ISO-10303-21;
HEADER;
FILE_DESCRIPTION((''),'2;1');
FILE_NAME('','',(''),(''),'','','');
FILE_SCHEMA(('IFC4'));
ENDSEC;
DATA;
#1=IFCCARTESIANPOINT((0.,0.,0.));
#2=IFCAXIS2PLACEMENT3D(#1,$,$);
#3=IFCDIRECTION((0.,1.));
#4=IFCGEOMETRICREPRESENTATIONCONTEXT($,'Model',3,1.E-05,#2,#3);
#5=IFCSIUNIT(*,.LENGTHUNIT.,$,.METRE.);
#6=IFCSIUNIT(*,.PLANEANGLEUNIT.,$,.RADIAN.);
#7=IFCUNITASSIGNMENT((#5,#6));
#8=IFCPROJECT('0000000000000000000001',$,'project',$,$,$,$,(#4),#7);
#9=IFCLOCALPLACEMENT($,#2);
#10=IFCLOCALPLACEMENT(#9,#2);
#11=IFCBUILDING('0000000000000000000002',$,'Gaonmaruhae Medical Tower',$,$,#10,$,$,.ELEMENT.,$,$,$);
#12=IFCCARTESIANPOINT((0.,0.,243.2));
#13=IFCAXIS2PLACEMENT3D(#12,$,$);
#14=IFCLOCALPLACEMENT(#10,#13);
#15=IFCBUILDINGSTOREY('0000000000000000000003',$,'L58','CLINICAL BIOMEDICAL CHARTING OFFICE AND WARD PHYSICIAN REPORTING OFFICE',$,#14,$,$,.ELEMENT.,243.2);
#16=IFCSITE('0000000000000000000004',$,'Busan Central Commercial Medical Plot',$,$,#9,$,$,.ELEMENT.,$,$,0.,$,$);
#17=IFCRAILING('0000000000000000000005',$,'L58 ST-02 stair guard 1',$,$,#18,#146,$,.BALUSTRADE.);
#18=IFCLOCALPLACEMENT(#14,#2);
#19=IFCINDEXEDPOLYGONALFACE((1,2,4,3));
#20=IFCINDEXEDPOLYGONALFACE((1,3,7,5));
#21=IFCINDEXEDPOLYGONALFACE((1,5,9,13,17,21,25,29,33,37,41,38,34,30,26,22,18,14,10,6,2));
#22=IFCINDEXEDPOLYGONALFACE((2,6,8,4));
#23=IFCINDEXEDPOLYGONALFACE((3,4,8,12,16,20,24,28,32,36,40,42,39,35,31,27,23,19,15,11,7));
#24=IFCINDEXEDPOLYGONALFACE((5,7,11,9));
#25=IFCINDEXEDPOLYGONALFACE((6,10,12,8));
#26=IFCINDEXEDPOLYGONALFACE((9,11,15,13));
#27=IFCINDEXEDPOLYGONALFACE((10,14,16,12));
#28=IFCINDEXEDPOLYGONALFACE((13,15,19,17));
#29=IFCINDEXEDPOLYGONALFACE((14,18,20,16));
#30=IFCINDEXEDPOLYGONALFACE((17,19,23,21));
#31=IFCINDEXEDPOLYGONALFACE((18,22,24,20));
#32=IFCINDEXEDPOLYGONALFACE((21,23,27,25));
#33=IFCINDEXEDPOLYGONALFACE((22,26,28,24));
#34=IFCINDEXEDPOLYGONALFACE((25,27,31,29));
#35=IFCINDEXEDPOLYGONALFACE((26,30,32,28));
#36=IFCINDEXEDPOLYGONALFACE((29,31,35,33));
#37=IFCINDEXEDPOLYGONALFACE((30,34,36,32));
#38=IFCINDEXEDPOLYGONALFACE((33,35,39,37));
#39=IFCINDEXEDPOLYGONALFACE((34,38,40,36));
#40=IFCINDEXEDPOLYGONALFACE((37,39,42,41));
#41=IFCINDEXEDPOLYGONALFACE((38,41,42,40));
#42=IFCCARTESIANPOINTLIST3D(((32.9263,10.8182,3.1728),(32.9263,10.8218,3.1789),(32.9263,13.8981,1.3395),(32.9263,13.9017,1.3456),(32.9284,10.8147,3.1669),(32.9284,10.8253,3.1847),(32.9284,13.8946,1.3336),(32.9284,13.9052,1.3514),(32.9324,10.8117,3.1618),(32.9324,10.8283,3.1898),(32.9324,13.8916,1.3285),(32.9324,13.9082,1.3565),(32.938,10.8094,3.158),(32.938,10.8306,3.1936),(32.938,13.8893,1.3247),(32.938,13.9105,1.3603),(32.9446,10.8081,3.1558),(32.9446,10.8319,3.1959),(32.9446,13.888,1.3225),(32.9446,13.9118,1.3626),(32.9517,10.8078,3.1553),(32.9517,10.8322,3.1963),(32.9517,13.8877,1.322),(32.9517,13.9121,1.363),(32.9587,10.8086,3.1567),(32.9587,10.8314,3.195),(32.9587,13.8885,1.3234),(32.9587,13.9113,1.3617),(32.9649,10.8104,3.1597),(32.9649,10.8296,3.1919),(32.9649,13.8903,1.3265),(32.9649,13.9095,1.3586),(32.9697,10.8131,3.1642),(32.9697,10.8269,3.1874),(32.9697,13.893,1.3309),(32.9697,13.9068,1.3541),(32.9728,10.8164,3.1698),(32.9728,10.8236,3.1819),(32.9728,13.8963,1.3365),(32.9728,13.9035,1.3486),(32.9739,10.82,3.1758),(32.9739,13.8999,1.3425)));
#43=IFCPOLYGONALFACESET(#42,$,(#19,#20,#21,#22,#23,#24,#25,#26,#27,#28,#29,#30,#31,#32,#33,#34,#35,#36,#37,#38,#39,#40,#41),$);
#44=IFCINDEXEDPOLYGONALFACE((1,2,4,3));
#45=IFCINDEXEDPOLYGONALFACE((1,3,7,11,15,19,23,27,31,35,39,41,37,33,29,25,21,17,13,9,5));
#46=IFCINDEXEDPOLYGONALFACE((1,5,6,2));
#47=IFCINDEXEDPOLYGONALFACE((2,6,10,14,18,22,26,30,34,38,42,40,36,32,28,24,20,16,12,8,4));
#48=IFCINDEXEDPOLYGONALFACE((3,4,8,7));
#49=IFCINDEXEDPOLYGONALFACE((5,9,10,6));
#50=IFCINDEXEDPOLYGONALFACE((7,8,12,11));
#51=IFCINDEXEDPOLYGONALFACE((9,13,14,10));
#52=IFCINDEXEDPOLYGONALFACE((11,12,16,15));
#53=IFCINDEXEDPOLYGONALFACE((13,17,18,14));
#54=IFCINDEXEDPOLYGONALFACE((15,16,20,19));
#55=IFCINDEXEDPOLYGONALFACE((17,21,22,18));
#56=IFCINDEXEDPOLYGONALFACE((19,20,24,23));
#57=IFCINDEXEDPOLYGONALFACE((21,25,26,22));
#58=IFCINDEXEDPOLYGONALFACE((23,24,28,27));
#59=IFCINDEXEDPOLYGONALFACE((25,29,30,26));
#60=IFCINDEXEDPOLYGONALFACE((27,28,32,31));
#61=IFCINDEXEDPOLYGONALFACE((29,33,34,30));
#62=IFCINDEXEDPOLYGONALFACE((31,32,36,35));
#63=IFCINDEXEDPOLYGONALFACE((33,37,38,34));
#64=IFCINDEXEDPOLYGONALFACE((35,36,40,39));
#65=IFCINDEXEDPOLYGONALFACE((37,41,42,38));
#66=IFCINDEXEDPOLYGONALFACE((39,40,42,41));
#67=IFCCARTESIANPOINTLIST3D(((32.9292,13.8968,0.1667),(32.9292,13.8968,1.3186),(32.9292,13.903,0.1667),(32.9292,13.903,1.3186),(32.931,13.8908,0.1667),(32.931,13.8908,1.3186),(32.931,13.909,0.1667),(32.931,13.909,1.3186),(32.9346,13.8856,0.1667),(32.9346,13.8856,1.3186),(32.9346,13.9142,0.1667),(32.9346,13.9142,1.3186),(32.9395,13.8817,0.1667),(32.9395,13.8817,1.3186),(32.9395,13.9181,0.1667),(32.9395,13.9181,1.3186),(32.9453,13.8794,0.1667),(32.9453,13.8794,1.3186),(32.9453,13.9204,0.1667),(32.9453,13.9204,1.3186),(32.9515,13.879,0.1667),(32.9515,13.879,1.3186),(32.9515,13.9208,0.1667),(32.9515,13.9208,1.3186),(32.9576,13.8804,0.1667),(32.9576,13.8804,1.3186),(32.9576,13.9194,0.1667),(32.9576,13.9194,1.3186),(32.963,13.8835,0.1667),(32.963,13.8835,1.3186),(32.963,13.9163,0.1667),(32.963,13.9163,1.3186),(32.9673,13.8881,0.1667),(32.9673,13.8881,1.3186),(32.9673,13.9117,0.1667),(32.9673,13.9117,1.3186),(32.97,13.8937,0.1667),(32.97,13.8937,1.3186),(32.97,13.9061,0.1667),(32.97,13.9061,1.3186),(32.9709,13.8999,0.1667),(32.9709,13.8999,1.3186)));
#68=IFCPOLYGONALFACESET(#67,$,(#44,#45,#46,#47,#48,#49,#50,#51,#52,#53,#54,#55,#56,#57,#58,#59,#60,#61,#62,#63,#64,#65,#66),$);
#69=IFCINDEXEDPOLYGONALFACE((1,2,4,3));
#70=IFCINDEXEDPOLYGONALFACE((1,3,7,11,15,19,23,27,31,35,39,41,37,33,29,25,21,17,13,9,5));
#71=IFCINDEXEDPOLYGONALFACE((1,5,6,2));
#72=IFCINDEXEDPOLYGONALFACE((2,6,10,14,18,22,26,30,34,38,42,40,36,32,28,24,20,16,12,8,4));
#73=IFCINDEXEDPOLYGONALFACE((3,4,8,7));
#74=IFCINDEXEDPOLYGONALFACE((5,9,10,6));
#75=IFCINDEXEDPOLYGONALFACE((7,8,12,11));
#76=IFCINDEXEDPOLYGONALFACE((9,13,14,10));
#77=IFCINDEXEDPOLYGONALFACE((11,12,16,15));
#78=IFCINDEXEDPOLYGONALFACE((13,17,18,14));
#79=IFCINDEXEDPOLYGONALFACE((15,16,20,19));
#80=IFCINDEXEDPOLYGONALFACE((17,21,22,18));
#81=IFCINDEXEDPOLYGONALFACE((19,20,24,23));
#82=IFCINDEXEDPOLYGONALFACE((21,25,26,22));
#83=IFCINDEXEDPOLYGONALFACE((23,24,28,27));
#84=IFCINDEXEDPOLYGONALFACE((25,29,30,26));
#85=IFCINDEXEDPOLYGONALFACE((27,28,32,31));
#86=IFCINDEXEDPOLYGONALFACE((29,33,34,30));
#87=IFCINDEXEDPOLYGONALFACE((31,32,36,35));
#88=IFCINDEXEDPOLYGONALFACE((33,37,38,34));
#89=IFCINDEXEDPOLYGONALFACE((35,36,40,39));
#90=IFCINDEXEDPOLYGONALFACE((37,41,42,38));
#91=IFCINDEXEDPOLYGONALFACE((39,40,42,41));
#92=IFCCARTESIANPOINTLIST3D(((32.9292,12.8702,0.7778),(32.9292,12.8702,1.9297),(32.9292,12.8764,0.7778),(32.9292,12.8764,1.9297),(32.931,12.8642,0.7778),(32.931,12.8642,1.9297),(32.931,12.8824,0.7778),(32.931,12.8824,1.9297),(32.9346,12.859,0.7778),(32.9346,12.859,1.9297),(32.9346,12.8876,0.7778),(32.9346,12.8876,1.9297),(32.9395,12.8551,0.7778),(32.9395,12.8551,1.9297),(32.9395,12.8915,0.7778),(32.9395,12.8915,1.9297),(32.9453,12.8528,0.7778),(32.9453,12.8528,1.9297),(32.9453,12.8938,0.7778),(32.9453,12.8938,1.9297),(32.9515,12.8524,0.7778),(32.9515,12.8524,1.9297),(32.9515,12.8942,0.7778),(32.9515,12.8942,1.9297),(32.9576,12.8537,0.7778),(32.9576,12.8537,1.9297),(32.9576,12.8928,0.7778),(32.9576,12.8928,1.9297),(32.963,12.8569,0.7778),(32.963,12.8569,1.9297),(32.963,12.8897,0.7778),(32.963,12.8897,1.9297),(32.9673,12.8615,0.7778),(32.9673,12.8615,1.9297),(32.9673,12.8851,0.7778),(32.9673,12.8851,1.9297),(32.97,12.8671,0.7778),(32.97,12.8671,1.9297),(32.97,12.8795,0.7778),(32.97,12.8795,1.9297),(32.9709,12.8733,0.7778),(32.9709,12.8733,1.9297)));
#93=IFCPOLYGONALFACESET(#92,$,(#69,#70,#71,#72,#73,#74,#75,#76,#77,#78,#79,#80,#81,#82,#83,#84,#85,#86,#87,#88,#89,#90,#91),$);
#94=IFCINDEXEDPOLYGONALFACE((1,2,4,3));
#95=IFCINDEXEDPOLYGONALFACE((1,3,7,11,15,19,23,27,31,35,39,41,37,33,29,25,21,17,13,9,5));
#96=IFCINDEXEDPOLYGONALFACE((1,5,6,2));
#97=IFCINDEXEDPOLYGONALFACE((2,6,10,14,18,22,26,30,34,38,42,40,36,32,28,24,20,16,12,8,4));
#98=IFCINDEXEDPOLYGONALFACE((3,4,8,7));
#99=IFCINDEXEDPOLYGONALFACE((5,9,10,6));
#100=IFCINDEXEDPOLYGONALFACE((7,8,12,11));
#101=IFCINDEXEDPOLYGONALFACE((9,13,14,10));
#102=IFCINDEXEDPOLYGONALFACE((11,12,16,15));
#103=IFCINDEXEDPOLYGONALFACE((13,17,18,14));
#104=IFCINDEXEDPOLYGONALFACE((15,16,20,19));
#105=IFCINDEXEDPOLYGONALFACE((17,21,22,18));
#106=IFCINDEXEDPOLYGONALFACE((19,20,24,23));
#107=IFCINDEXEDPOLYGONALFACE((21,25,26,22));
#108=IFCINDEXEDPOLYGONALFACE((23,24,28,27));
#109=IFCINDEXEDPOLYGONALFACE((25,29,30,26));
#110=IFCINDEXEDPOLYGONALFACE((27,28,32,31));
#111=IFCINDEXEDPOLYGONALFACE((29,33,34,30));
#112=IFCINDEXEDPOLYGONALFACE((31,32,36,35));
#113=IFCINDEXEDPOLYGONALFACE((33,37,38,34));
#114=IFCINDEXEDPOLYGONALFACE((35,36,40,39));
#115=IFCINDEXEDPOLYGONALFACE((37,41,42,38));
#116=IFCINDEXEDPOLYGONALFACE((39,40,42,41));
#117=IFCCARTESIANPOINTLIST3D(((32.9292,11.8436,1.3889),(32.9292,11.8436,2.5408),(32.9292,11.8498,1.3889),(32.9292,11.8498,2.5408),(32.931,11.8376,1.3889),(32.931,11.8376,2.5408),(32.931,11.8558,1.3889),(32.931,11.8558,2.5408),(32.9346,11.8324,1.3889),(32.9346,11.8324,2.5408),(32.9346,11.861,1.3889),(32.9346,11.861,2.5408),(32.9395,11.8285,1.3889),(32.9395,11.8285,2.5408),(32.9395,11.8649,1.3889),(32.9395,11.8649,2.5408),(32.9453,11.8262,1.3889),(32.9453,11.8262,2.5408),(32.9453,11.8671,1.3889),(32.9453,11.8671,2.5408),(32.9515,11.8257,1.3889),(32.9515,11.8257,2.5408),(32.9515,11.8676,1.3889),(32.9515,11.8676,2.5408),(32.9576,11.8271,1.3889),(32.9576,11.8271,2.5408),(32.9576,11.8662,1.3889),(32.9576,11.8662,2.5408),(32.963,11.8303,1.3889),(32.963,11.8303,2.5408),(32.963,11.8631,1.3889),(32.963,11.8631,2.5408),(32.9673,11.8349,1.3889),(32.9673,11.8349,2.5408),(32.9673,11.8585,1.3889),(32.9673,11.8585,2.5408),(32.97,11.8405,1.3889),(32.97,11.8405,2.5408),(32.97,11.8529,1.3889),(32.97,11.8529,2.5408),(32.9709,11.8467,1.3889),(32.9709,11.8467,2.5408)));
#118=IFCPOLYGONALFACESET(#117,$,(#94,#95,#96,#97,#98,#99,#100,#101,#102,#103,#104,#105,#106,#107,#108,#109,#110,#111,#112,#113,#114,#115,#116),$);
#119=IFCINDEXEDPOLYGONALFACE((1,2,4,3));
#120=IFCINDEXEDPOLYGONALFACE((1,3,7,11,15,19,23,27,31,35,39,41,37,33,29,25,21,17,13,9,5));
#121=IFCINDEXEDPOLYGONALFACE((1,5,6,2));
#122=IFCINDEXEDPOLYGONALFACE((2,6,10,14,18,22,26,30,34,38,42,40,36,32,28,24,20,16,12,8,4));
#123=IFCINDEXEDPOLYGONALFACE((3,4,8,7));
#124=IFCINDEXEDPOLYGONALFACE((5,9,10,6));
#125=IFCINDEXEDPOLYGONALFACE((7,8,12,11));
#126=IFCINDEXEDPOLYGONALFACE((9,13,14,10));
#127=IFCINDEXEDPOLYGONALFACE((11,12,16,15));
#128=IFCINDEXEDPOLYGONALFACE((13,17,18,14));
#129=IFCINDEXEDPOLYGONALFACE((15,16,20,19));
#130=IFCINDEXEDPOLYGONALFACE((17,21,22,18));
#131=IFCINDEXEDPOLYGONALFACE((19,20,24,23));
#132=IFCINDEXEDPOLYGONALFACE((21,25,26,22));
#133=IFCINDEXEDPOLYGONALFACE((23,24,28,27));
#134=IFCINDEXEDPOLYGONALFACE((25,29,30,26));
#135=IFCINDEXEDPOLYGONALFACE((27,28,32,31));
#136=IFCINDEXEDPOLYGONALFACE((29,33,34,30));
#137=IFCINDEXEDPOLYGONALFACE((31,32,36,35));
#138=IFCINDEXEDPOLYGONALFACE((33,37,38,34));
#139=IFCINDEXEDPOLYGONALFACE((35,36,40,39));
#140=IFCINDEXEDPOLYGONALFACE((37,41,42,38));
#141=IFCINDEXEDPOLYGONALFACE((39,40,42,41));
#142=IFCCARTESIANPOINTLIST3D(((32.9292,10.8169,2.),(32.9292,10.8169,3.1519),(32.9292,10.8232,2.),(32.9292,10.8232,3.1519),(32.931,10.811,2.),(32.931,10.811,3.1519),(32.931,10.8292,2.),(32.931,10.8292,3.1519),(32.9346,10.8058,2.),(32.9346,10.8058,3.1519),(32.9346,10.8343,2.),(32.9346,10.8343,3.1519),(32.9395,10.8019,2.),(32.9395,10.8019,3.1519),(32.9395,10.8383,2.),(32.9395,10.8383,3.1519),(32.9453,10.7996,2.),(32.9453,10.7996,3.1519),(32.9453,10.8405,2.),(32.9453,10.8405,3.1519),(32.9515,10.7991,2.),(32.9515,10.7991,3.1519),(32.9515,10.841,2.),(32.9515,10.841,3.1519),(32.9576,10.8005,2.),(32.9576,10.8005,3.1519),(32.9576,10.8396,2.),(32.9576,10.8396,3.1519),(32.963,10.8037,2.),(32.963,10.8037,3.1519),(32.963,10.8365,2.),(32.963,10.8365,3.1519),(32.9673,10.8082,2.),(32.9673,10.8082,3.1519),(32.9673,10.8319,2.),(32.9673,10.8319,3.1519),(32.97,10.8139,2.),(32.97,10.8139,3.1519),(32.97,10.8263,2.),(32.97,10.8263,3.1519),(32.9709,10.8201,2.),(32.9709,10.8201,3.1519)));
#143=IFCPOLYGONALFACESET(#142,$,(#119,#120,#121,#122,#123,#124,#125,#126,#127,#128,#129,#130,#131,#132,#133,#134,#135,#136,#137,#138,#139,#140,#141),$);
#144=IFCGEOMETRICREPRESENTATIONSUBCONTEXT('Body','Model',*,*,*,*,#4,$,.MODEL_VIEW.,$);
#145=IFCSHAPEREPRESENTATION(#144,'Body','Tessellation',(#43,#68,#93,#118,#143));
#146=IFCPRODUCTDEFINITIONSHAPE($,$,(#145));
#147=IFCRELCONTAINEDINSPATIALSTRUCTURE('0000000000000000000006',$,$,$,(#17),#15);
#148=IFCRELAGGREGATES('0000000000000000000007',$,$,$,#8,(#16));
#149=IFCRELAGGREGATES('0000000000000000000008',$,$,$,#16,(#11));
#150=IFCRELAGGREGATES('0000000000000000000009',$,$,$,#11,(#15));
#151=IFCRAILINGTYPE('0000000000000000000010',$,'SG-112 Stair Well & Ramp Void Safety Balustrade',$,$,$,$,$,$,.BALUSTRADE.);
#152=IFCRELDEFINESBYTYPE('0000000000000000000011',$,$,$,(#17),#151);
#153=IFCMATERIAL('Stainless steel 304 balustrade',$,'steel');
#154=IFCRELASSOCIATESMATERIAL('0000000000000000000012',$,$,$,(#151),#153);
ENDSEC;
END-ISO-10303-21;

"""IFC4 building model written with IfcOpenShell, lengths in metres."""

from ifc_helpers import new_model, si_unit, direction, frame, origin, origin_2d, place, context, subcontext, project, spatial, circle, extrude, material, type_object, element, save


model = new_model("IFC4")

# Units and contexts
model_context = context("Model", 3, precision=1e-05, world=origin(), true_north=direction((0.0, 1.0)))
body_context = subcontext(model_context, "Body", "Model", "MODEL_VIEW")
ifc_project = project(units=[si_unit("LENGTHUNIT", "METRE"), si_unit("PLANEANGLEUNIT", "RADIAN")], contexts=[model_context])

# Site, building, storey
site_placement = place(None, origin())
site = spatial("IfcSite", under=ifc_project, at=site_placement, Name="Busan Central Commercial Medical Plot", CompositionType="ELEMENT", RefElevation=0.0)
building_placement = place(site_placement, origin())
building = spatial("IfcBuilding", under=site, at=building_placement, Name="Gaonmaruhae Medical Tower", CompositionType="ELEMENT")
storey_placement = place(building_placement, frame((0.0, 0.0, 243.2)))
storey = spatial("IfcBuildingStorey", under=building, at=storey_placement, Name="L58", Description="CLINICAL BIOMEDICAL CHARTING OFFICE AND WARD PHYSICIAN REPORTING OFFICE", CompositionType="ELEMENT", Elevation=243.2)

# Railing
ifc_material_1 = material(Name="Stainless steel 304 balustrade", Category="steel")
railing_type_1 = type_object("IfcRailingType", Name="SG-112 Stair Well & Ramp Void Safety Balustrade", PredefinedType="BALUSTRADE", material=ifc_material_1)
railing_1_placement = place(storey_placement, frame((32.95, 13.8999, 0.1667)))
element("IfcRailing", 1, at=railing_1_placement, inside=storey, type_object=railing_type_1, Name="L58 ST-02 stair guard 1", PredefinedType="BALUSTRADE", context=body_context, shape_type="SweptSolid", body=[
    extrude(circle(Radius=0.0239, at=origin_2d()), frame((0.0, 0.0, 1.1758), z_axis=(0.0, -0.859291, 0.511487), x_axis=(1.0, 0.0, 0.0)), (0.0, 0.0, 1.0), 3.5842),
    extrude(circle(Radius=0.021, at=origin_2d()), origin(), (0.0, 0.0, 1.0), 1.1519),
    extrude(circle(Radius=0.021, at=origin_2d()), frame((0.0, -1.0266, 0.6111)), (0.0, 0.0, 1.0), 1.1519),
    extrude(circle(Radius=0.021, at=origin_2d()), frame((0.0, -2.0532, 1.2222)), (0.0, 0.0, 1.0), 1.1519),
    extrude(circle(Radius=0.021, at=origin_2d()), frame((0.0, -3.0798, 1.8333)), (0.0, 0.0, 1.0), 1.1519),
])

save(model, "model.ifc")
